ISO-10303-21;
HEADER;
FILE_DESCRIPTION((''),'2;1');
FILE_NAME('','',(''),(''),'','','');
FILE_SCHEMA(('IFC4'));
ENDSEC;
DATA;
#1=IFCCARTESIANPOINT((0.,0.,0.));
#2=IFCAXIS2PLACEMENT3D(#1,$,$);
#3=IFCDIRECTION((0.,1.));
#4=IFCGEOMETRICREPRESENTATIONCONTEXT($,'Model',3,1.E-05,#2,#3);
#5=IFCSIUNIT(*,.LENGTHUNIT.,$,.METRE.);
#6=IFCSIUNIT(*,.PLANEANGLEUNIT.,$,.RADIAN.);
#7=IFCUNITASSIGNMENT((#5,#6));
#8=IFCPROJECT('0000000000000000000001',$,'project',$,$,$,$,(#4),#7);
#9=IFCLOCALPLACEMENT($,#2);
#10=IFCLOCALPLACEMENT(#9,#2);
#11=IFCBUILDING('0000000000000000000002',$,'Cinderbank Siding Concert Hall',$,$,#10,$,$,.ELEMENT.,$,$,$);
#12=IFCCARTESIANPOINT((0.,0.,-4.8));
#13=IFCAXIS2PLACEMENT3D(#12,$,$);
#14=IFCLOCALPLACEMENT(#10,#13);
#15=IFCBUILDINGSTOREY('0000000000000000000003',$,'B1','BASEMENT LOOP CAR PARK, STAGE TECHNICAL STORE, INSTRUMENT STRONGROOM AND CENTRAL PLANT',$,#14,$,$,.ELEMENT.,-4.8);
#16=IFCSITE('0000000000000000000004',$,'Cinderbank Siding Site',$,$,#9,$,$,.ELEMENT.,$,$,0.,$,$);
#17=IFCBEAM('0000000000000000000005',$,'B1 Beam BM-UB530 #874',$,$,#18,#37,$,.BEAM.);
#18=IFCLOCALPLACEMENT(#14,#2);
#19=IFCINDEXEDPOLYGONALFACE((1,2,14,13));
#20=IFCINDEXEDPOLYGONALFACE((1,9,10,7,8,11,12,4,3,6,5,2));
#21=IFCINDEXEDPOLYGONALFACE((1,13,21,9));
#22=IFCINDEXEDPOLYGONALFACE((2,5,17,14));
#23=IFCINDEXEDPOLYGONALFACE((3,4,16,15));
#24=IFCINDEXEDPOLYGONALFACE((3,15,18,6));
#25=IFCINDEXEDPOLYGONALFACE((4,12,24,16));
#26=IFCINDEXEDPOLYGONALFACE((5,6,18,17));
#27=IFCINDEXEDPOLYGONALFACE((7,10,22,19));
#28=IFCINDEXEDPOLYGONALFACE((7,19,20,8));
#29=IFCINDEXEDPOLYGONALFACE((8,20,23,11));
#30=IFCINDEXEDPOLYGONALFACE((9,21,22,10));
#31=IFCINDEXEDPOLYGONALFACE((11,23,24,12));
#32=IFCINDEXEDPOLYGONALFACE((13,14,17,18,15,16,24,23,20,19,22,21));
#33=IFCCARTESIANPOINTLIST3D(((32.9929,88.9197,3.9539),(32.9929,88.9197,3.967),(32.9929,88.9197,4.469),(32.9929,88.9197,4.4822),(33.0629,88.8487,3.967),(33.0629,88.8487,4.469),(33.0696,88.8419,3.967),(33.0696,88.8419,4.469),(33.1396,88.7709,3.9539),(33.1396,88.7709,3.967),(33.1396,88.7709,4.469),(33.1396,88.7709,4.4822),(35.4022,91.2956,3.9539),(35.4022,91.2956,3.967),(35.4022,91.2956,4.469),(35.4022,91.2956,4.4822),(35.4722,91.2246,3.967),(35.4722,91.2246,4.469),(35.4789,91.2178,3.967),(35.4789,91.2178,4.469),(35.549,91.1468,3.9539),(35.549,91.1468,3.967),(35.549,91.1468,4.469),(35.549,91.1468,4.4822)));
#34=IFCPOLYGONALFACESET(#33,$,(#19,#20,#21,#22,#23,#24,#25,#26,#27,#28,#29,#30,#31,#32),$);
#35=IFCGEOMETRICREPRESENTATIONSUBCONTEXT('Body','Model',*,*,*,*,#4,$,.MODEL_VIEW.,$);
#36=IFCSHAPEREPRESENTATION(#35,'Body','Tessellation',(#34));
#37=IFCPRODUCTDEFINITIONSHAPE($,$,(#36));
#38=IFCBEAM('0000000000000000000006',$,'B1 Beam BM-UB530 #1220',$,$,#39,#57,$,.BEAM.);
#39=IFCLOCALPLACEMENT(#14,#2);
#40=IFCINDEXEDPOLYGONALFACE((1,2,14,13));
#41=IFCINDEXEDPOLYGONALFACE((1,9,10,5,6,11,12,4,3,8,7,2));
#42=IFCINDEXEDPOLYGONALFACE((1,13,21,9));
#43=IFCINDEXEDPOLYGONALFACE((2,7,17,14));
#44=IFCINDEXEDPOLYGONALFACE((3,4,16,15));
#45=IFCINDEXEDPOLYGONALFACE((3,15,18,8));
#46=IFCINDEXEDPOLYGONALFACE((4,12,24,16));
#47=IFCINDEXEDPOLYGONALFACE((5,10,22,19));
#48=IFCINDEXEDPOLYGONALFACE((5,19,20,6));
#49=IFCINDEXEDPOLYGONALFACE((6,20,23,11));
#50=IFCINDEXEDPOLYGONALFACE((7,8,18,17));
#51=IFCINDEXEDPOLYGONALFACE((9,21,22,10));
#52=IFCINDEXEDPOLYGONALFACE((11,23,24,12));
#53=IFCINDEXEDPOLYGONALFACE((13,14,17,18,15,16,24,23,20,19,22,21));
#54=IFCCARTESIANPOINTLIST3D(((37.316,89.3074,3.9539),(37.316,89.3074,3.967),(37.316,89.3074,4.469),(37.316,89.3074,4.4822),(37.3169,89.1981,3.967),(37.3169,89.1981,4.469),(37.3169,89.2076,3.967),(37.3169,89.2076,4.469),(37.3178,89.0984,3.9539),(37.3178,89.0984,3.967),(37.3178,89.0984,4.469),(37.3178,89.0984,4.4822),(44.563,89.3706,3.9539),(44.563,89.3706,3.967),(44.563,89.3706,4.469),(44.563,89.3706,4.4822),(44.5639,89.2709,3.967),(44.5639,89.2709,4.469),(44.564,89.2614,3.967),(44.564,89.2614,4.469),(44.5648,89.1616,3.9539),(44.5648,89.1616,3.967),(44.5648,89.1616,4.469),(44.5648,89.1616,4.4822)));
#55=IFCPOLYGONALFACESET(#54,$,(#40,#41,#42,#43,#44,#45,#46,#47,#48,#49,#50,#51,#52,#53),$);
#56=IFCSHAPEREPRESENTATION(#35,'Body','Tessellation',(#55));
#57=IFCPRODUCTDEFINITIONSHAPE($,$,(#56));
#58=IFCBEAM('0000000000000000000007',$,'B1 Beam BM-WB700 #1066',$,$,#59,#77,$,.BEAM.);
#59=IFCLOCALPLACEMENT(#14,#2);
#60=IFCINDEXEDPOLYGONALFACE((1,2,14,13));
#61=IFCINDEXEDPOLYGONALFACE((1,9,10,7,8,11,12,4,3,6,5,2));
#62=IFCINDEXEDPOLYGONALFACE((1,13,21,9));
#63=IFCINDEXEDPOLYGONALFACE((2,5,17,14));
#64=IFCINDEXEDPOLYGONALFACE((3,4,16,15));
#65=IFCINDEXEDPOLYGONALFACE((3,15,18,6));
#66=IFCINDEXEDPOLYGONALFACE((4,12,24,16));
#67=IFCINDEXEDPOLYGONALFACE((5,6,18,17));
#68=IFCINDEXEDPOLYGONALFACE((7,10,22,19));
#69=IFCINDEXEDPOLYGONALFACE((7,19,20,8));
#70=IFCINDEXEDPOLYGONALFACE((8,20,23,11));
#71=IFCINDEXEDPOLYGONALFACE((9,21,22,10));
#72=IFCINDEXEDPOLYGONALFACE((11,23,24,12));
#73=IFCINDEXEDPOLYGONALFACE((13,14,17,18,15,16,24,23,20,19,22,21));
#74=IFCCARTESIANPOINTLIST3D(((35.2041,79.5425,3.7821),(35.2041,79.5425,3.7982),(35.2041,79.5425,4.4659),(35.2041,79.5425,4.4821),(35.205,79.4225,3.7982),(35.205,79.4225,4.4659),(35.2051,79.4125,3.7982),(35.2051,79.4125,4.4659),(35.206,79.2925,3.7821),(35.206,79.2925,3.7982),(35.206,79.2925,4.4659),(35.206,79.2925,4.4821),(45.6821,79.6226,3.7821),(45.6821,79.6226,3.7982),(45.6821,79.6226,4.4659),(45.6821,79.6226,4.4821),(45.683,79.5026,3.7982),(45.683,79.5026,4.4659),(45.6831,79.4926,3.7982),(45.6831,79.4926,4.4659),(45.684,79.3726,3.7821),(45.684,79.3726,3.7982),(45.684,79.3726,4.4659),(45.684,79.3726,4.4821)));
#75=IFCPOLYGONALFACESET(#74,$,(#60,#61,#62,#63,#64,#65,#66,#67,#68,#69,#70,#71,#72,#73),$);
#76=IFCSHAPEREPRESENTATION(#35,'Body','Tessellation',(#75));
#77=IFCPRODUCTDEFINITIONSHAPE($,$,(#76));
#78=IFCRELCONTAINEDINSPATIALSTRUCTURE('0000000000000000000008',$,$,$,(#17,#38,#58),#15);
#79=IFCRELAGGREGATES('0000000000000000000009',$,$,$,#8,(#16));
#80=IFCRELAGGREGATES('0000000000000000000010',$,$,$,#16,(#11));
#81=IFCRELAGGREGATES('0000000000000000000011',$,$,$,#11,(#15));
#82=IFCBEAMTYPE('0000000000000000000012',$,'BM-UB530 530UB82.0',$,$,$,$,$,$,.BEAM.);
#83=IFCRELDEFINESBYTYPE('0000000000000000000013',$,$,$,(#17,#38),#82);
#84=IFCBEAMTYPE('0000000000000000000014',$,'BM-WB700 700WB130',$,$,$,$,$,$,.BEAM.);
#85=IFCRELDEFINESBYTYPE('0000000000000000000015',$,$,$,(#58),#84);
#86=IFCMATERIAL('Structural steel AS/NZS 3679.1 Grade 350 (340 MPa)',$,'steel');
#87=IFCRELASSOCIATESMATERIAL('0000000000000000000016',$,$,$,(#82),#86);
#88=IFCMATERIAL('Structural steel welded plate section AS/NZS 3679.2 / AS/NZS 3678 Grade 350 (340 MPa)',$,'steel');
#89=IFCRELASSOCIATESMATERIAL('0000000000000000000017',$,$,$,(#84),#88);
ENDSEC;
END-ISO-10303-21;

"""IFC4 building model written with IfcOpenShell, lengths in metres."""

from ifc_helpers import new_model, si_unit, direction, frame, origin, origin_2d, place, context, subcontext, project, spatial, i_section, extrude, material, material_profile, profile_set, type_object, element, save


model = new_model("IFC4")

# Units and contexts
model_context = context("Model", 3, precision=1e-05, world=origin(), true_north=direction((0.0, 1.0)))
body_context = subcontext(model_context, "Body", "Model", "MODEL_VIEW")
ifc_project = project(units=[si_unit("LENGTHUNIT", "METRE"), si_unit("PLANEANGLEUNIT", "RADIAN")], contexts=[model_context])

# Site, building, storey
site_placement = place(None, origin())
site = spatial("IfcSite", under=ifc_project, at=site_placement, Name="Cinderbank Siding Site", CompositionType="ELEMENT", RefElevation=0.0)
building_placement = place(site_placement, origin())
building = spatial("IfcBuilding", under=site, at=building_placement, Name="Cinderbank Siding Concert Hall", CompositionType="ELEMENT")
storey_placement = place(building_placement, frame((0.0, 0.0, -4.8)))
storey = spatial("IfcBuildingStorey", under=building, at=storey_placement, Name="B1", Description="BASEMENT LOOP CAR PARK, STAGE TECHNICAL STORE, INSTRUMENT STRONGROOM AND CENTRAL PLANT", CompositionType="ELEMENT", Elevation=-4.8)

# Shared definitions
ifc_material_1 = material(Name="Structural steel AS/NZS 3679.1 Grade 350 (340 MPa)", Category="steel")

# Beams
ifc_material_profile_1 = material_profile(ifc_material_1, i_section(OverallWidth=0.209, OverallDepth=0.5283, WebThickness=0.0095, FlangeThickness=0.0132, at=origin_2d()), Name="530UB82.0", Category="LoadBearing")
ifc_profile_set_1 = profile_set([ifc_material_profile_1], Name="Structural steel AS/NZS 3679.1 Grade 350 (340 MPa)")
beam_type_1 = type_object("IfcBeamType", Name="BM-UB530 530UB82.0", PredefinedType="BEAM", material=ifc_profile_set_1)
beam_1_placement = place(storey_placement, frame((35.4756, 91.2212, 4.218), z_axis=(-0.712032, -0.702147, 0.0), x_axis=(0.702147, -0.712032, 0.0)))
element("IfcBeam", 1, at=beam_1_placement, inside=storey, type_object=beam_type_1, Name="B1 Beam BM-UB530 #874", PredefinedType="BEAM", context=body_context, shape_type="SweptSolid", body=[
    extrude(i_section(OverallWidth=0.209, OverallDepth=0.5283, WebThickness=0.0095, FlangeThickness=0.0132, at=origin_2d()), origin(), (0.0, 0.0, 1.0), 3.3838),
])
beam_2_placement = place(storey_placement, frame((37.3169, 89.2029, 4.218), z_axis=(0.999962, 0.008725, 0.0), x_axis=(-0.008725, 0.999962, 0.0)))
element("IfcBeam", 2, at=beam_2_placement, inside=storey, type_object=beam_type_1, Name="B1 Beam BM-UB530 #1220", PredefinedType="BEAM", context=body_context, shape_type="SweptSolid", body=[
    extrude(i_section(OverallWidth=0.209, OverallDepth=0.5283, WebThickness=0.0095, FlangeThickness=0.0132, at=origin_2d()), origin(), (0.0, 0.0, 1.0), 7.2473),
])
ifc_material_2 = material(Name="Structural steel welded plate section AS/NZS 3679.2 / AS/NZS 3678 Grade 350 (340 MPa)", Category="steel")
ifc_material_profile_2 = material_profile(ifc_material_2, i_section(OverallWidth=0.25, OverallDepth=0.7, WebThickness=0.01, FlangeThickness=0.0161, at=origin_2d()), Name="700WB130", Category="LoadBearing")
ifc_profile_set_2 = profile_set([ifc_material_profile_2], Name="Structural steel welded plate section AS/NZS 3679.2 / AS/NZS 3678 Grade 350 (340 MPa)")
beam_type_2 = type_object("IfcBeamType", Name="BM-WB700 700WB130", PredefinedType="BEAM", material=ifc_profile_set_2)
beam_3_placement = place(storey_placement, frame((35.2051, 79.4175, 4.1321), z_axis=(0.999971, 0.007642, 0.0), x_axis=(-0.007642, 0.999971, 0.0)))
element("IfcBeam", 3, at=beam_3_placement, inside=storey, type_object=beam_type_2, Name="B1 Beam BM-WB700 #1066", PredefinedType="BEAM", context=body_context, shape_type="SweptSolid", body=[
    extrude(i_section(OverallWidth=0.25, OverallDepth=0.7, WebThickness=0.01, FlangeThickness=0.0161, at=origin_2d()), origin(), (0.0, 0.0, 1.0), 10.4783),
])

save(model, "model.ifc")
